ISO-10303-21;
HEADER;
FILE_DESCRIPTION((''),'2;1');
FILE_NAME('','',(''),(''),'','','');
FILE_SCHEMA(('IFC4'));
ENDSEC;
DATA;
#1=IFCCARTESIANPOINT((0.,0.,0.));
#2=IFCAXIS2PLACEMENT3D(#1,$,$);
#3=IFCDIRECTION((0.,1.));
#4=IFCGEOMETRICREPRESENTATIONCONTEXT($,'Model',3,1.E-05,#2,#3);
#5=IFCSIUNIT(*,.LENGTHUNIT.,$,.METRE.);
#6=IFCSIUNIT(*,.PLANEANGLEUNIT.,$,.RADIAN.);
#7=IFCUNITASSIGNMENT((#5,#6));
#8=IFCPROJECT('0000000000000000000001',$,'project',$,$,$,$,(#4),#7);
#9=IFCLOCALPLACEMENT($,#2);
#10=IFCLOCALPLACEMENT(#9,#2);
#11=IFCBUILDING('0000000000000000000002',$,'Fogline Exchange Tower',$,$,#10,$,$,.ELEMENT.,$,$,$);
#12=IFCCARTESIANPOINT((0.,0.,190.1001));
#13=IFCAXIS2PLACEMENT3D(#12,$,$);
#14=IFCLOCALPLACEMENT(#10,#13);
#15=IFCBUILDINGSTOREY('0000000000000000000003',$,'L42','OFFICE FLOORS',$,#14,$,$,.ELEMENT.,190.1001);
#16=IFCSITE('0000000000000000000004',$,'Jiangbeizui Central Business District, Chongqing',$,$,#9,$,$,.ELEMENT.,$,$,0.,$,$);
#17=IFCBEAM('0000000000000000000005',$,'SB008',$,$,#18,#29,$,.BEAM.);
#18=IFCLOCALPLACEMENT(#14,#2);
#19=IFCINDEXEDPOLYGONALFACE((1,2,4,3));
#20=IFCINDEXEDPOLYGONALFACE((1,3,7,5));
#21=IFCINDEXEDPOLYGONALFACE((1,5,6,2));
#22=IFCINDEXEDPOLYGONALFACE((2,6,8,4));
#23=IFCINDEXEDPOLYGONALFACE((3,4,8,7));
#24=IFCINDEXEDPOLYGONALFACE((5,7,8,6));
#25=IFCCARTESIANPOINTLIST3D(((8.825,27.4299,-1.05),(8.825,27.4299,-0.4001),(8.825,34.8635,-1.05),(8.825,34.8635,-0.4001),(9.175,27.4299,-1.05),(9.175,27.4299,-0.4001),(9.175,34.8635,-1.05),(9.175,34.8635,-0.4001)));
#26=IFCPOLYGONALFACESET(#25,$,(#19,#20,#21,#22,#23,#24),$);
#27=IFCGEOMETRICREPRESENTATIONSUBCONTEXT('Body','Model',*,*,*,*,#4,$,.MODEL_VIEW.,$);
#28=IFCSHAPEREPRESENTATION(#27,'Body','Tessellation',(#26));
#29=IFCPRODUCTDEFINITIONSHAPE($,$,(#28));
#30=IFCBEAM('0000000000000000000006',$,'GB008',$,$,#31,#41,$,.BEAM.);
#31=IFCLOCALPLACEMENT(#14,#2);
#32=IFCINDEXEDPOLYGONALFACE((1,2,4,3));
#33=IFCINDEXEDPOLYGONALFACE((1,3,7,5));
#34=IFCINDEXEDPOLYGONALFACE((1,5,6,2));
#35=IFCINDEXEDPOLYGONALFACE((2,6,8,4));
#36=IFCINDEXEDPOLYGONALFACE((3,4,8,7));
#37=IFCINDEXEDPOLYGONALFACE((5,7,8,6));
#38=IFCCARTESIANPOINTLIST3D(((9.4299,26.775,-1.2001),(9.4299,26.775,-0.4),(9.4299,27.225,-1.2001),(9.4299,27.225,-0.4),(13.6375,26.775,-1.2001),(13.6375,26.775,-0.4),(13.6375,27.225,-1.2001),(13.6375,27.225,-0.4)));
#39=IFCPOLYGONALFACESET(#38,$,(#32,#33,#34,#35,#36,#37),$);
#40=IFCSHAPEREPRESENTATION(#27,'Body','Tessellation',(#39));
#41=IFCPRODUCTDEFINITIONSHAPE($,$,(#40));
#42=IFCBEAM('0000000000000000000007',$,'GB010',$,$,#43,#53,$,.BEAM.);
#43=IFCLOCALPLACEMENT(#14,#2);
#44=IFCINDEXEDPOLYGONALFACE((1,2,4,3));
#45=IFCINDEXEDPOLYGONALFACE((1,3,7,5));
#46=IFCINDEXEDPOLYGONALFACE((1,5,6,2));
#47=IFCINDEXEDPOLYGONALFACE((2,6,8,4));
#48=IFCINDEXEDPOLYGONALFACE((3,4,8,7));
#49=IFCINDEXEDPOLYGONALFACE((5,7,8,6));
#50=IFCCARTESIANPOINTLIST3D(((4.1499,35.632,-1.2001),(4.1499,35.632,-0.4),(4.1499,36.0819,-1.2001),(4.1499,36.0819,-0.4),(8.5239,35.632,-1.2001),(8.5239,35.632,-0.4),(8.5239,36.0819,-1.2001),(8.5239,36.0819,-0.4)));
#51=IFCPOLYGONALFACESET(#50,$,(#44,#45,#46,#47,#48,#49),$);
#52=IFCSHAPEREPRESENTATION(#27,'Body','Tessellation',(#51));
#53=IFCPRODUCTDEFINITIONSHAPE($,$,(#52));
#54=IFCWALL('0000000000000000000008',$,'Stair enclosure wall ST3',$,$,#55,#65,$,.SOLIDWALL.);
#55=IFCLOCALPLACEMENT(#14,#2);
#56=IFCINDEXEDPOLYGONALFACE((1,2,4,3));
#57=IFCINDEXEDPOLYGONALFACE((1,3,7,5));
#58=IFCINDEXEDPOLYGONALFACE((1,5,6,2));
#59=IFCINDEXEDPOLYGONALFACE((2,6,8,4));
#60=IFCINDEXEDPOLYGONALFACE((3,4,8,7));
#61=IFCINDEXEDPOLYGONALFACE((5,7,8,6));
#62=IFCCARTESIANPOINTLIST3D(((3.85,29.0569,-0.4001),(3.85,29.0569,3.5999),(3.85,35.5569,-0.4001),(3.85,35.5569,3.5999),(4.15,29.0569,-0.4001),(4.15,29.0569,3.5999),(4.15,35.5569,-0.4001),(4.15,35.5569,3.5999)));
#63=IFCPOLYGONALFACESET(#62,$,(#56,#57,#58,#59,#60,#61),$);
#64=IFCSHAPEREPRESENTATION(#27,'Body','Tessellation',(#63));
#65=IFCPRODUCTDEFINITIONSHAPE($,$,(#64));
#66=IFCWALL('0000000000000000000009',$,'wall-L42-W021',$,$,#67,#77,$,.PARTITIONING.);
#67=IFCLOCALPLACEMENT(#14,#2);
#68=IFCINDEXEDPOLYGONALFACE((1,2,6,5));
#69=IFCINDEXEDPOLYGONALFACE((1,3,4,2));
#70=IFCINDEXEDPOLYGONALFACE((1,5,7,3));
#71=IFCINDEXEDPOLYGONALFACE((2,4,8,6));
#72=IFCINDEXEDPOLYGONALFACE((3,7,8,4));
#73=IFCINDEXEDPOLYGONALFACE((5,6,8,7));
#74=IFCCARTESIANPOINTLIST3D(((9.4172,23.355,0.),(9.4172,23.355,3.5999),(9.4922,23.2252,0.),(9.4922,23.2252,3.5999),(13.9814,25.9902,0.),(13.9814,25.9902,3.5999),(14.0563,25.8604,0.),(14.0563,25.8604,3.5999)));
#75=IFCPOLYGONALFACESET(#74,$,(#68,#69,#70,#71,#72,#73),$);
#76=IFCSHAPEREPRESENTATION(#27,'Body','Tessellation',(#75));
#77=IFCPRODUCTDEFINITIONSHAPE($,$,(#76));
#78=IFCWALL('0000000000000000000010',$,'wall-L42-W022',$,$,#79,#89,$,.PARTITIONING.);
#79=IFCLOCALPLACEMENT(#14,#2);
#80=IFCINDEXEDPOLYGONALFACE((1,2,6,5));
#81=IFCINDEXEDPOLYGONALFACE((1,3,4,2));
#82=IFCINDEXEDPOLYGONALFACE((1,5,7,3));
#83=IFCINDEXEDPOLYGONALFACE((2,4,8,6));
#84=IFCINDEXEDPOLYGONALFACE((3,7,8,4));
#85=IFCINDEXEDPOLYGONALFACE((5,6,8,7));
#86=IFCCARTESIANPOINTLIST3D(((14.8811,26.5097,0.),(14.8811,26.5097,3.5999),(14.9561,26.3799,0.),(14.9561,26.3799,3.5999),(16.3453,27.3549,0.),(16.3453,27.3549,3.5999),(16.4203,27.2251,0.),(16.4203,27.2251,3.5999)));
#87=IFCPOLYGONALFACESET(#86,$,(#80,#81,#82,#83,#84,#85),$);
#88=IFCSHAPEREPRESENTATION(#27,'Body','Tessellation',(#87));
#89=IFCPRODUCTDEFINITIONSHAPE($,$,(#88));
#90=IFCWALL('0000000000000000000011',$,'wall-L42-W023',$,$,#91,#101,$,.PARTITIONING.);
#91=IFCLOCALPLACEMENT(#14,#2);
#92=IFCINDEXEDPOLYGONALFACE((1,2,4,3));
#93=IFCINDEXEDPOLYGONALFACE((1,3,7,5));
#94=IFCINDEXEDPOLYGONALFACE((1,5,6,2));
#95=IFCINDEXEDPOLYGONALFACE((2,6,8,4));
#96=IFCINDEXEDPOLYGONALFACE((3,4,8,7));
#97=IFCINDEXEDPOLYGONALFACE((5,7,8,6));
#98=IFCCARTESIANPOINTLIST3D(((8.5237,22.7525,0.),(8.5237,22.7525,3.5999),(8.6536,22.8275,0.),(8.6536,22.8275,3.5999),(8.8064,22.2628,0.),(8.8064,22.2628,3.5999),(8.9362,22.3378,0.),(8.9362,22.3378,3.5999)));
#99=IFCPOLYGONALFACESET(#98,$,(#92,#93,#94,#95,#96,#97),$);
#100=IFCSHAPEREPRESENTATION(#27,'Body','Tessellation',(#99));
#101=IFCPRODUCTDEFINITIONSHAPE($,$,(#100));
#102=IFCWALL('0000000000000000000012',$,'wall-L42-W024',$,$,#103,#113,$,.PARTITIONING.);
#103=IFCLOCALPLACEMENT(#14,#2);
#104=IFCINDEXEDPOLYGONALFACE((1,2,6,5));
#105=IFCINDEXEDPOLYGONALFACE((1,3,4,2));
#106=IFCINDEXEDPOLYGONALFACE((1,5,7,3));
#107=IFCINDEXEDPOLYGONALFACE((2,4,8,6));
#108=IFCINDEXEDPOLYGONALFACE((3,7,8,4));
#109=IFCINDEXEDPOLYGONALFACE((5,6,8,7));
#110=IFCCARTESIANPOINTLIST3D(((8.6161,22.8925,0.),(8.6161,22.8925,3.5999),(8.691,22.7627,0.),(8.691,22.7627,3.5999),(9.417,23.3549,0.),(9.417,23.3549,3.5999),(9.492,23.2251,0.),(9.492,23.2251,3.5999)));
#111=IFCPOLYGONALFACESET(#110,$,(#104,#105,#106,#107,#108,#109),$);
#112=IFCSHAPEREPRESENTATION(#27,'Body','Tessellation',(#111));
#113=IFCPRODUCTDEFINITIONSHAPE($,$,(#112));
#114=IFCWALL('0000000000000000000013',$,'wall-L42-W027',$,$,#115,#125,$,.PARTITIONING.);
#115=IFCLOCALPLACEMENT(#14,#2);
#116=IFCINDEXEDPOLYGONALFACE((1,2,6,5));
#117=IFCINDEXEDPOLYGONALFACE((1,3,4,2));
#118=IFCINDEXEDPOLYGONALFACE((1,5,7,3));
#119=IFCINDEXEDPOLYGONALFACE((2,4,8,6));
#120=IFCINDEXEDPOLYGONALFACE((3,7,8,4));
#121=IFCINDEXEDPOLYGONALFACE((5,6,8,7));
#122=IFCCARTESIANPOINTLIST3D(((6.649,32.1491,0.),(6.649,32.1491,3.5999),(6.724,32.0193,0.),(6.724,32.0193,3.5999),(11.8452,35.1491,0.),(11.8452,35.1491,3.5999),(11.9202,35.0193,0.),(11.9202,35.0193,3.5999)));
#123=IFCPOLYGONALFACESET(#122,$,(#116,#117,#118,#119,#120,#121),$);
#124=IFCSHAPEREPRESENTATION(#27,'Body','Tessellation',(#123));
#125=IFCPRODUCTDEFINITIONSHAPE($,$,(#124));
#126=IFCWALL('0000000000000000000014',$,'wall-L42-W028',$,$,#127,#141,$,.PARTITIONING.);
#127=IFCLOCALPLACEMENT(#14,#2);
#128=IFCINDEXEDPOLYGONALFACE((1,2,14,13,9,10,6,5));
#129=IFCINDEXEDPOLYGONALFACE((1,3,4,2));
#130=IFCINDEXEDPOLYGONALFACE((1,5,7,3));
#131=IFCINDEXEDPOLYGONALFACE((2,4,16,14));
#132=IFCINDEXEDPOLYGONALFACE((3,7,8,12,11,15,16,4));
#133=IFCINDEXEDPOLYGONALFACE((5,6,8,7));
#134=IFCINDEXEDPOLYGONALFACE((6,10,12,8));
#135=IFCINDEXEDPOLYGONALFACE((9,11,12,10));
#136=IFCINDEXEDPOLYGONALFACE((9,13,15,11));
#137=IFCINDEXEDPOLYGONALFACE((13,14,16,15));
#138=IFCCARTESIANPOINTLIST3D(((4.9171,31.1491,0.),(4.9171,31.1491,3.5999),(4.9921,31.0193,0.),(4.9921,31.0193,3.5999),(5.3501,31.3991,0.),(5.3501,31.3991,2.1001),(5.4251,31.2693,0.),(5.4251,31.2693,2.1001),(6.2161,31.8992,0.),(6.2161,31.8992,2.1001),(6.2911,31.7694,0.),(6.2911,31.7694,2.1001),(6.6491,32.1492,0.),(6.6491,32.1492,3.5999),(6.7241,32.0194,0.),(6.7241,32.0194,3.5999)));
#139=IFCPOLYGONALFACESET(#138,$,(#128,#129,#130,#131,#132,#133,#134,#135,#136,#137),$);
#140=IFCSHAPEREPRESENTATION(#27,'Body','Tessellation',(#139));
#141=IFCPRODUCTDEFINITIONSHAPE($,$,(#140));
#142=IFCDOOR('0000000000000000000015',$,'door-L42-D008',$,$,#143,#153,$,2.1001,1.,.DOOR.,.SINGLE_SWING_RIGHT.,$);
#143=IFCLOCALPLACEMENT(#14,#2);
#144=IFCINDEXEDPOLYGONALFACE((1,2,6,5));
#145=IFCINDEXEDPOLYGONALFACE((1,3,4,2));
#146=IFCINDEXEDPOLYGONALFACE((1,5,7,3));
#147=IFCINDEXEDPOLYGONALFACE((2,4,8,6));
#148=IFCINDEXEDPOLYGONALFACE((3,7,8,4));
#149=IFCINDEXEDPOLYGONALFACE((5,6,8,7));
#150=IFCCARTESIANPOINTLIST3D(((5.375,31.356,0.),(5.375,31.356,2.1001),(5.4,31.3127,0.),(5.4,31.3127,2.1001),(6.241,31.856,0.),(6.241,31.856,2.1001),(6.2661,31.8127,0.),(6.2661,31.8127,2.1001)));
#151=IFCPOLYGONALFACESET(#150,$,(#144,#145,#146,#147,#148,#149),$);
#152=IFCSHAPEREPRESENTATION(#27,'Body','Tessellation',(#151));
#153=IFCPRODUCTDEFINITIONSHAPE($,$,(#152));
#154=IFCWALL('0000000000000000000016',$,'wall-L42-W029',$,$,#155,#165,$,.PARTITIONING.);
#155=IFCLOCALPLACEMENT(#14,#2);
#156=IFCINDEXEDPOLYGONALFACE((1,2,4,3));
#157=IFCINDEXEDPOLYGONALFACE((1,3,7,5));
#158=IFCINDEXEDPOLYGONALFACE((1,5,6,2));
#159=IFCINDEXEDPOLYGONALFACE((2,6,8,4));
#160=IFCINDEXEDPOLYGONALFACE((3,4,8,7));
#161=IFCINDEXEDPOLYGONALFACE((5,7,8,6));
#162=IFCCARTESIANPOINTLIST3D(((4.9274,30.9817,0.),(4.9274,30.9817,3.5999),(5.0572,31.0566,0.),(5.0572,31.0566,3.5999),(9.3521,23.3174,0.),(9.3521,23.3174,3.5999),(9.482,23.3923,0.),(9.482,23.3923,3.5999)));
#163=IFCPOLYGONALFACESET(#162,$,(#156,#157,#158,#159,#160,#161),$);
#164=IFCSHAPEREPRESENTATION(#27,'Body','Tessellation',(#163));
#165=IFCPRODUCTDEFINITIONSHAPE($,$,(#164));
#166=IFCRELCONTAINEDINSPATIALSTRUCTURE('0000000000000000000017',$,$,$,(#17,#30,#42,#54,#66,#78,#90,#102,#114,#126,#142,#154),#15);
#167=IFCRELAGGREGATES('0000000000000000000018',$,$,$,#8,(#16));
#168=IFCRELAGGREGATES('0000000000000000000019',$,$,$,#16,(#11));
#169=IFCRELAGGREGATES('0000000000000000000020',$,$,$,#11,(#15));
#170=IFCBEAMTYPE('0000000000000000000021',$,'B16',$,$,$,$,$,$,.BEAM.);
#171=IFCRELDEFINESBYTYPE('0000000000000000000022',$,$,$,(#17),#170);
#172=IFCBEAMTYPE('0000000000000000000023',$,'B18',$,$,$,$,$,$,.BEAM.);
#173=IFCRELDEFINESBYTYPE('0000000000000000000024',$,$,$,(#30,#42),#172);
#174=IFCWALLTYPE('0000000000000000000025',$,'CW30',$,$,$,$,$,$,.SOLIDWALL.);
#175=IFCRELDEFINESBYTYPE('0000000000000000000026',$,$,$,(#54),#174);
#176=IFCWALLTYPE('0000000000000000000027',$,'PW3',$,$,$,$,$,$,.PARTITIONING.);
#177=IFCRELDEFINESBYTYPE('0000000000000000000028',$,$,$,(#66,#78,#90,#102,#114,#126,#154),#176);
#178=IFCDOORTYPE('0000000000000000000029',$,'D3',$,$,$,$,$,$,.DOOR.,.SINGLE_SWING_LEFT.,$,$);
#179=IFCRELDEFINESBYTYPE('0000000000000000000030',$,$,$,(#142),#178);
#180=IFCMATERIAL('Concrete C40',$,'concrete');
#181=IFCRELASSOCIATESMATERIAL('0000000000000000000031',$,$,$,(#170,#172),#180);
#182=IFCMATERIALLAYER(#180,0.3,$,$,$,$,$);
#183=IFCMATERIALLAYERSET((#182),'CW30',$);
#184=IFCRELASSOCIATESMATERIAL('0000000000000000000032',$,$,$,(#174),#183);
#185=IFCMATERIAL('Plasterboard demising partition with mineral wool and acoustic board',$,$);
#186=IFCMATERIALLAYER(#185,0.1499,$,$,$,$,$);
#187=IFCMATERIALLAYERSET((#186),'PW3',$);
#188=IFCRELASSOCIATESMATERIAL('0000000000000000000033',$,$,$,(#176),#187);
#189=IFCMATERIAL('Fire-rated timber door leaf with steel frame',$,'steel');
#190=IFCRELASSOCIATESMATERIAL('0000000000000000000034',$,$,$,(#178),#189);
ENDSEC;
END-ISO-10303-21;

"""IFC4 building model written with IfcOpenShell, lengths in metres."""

from ifc_helpers import new_model, si_unit, direction, frame, frame_2d, origin, origin_2d, place, context, subcontext, project, spatial, rectangle, extrude, material, layer, layer_set, material_profile, profile_set, type_object, element, fill, save


model = new_model("IFC4")

# Units and contexts
model_context = context("Model", 3, precision=1e-05, world=origin(), true_north=direction((0.0, 1.0)))
body_context = subcontext(model_context, "Body", "Model", "MODEL_VIEW")
ifc_project = project(units=[si_unit("LENGTHUNIT", "METRE"), si_unit("PLANEANGLEUNIT", "RADIAN")], contexts=[model_context])

# Site, building, storey
site_placement = place(None, origin())
site = spatial("IfcSite", under=ifc_project, at=site_placement, Name="Jiangbeizui Central Business District, Chongqing", CompositionType="ELEMENT", RefElevation=0.0)
building_placement = place(site_placement, origin())
building = spatial("IfcBuilding", under=site, at=building_placement, Name="Fogline Exchange Tower", CompositionType="ELEMENT")
storey_placement = place(building_placement, frame((0.0, 0.0, 190.1001)))
storey = spatial("IfcBuildingStorey", under=building, at=storey_placement, Name="L42", Description="OFFICE FLOORS", CompositionType="ELEMENT", Elevation=190.1001)

# Beams
ifc_material_1 = material(Name="Concrete C40", Category="concrete")
ifc_material_profile_1 = material_profile(ifc_material_1, rectangle(XDim=0.3501, YDim=0.6499, at=origin_2d()), Name="RC 350x650")
ifc_profile_set_1 = profile_set([ifc_material_profile_1], Name="Concrete C40")
beam_type_1 = type_object("IfcBeamType", Name="B16", PredefinedType="BEAM", material=ifc_profile_set_1)
beam_1_placement = place(storey_placement, frame((9.0, 27.4299, -0.7251), z_axis=(0.0, 1.0, 0.0), x_axis=(-1.0, 0.0, 0.0)))
element("IfcBeam", 1, at=beam_1_placement, inside=storey, type_object=beam_type_1, Name="SB008", PredefinedType="BEAM", context=body_context, shape_type="SweptSolid", body=[
    extrude(rectangle(XDim=0.3501, YDim=0.6499, at=origin_2d()), origin(), (0.0, 0.0, 1.0), 7.4336),
])
ifc_material_profile_2 = material_profile(ifc_material_1, rectangle(XDim=0.45, YDim=0.8, at=origin_2d()), Name="RC 450x800")
ifc_profile_set_2 = profile_set([ifc_material_profile_2], Name="Concrete C40")
beam_type_2 = type_object("IfcBeamType", Name="B18", PredefinedType="BEAM", material=ifc_profile_set_2)
beam_2_placement = place(storey_placement, frame((9.4299, 27.0, -0.8), z_axis=(1.0, 0.0, 0.0), x_axis=(0.0, 1.0, 0.0)))
element("IfcBeam", 2, at=beam_2_placement, inside=storey, type_object=beam_type_2, Name="GB008", PredefinedType="BEAM", context=body_context, shape_type="SweptSolid", body=[
    extrude(rectangle(XDim=0.45, YDim=0.8, at=origin_2d()), origin(), (0.0, 0.0, 1.0), 4.2075),
])
beam_3_placement = place(storey_placement, frame((4.1499, 35.8569, -0.8), z_axis=(1.0, 0.0, 0.0), x_axis=(0.0, 1.0, 0.0)))
element("IfcBeam", 3, at=beam_3_placement, inside=storey, type_object=beam_type_2, Name="GB010", PredefinedType="BEAM", context=body_context, shape_type="SweptSolid", body=[
    extrude(rectangle(XDim=0.45, YDim=0.8, at=origin_2d()), origin(), (0.0, 0.0, 1.0), 4.374),
])

# Wall
ifc_layer_1 = layer(ifc_material_1, 0.3)
ifc_layer_set_1 = layer_set([ifc_layer_1], Name="CW30")
wall_type_1 = type_object("IfcWallType", Name="CW30", PredefinedType="SOLIDWALL", material=ifc_layer_set_1)
wall_1_placement = place(storey_placement, frame((4.0, 29.0569, -0.4001), z_axis=(0.0, 0.0, 1.0), x_axis=(0.0, 1.0, 0.0)))
element("IfcWall", 4, at=wall_1_placement, inside=storey, type_object=wall_type_1, Name="Stair enclosure wall ST3", PredefinedType="SOLIDWALL", context=body_context, shape_type="SweptSolid", body=[
    extrude(rectangle(XDim=6.5, YDim=0.3, at=frame_2d((3.25, 0.0))), origin(), (0.0, 0.0, 1.0), 4.0),
])

# Walls
ifc_material_2 = material(Name="Plasterboard demising partition with mineral wool and acoustic board")
ifc_layer_2 = layer(ifc_material_2, 0.1499)
ifc_layer_set_2 = layer_set([ifc_layer_2], Name="PW3")
wall_type_2 = type_object("IfcWallType", Name="PW3", PredefinedType="PARTITIONING", material=ifc_layer_set_2)
wall_2_placement = place(storey_placement, frame((9.4546, 23.29, 0.0), z_axis=(0.0, 0.0, 1.0), x_axis=(0.866017, 0.500015, 0.0)))
element("IfcWall", 5, at=wall_2_placement, inside=storey, type_object=wall_type_2, Name="wall-L42-W021", PredefinedType="PARTITIONING", context=body_context, shape_type="SweptSolid", body=[
    extrude(rectangle(XDim=5.2703, YDim=0.1499, at=frame_2d((2.6353, 0.0))), origin(), (0.0, 0.0, 1.0), 3.5999),
])
wall_3_placement = place(storey_placement, frame((14.9187, 26.4448, 0.0), z_axis=(0.0, 0.0, 1.0), x_axis=(0.866049, 0.49996, 0.0)))
element("IfcWall", 6, at=wall_3_placement, inside=storey, type_object=wall_type_2, Name="wall-L42-W022", PredefinedType="PARTITIONING", context=body_context, shape_type="SweptSolid", body=[
    extrude(rectangle(XDim=1.6907, YDim=0.1499, at=frame_2d((0.8452, 0.0))), origin(), (0.0, 0.0, 1.0), 3.5999),
])
wall_4_placement = place(storey_placement, frame((8.8713, 22.3003, 0.0), z_axis=(0.0, 0.0, 1.0), x_axis=(-0.499947, 0.866056, 0.0)))
element("IfcWall", 7, at=wall_4_placement, inside=storey, type_object=wall_type_2, Name="wall-L42-W023", PredefinedType="PARTITIONING", context=body_context, shape_type="SweptSolid", body=[
    extrude(rectangle(XDim=0.5654, YDim=0.1499, at=frame_2d((0.2827, 0.0))), origin(), (0.0, 0.0, 1.0), 3.5999),
])
wall_5_placement = place(storey_placement, frame((8.6536, 22.8276, 0.0), z_axis=(0.0, 0.0, 1.0), x_axis=(0.866058, 0.499943, 0.0)))
element("IfcWall", 8, at=wall_5_placement, inside=storey, type_object=wall_type_2, Name="wall-L42-W024", PredefinedType="PARTITIONING", context=body_context, shape_type="SweptSolid", body=[
    extrude(rectangle(XDim=0.9248, YDim=0.1499, at=frame_2d((0.4624, 0.0))), origin(), (0.0, 0.0, 1.0), 3.5999),
])
wall_6_placement = place(storey_placement, frame((6.6865, 32.0842, 0.0), z_axis=(0.0, 0.0, 1.0), x_axis=(0.866031, 0.49999, 0.0)))
element("IfcWall", 9, at=wall_6_placement, inside=storey, type_object=wall_type_2, Name="wall-L42-W027", PredefinedType="PARTITIONING", context=body_context, shape_type="SweptSolid", body=[
    extrude(rectangle(XDim=6.0, YDim=0.1499, at=frame_2d((3.0, 0.0))), origin(), (0.0, 0.0, 1.0), 3.5999),
])

# Wall, opening, door
wall_7_placement = place(storey_placement, frame((4.9546, 31.0842, 0.0), z_axis=(0.0, 0.0, 1.0), x_axis=(0.866011, 0.500025, 0.0)))
wall_7 = element("IfcWall", 10, at=wall_7_placement, inside=storey, type_object=wall_type_2, Name="wall-L42-W028", PredefinedType="PARTITIONING", context=body_context, shape_type="SweptSolid", body=[
    extrude(rectangle(XDim=2.0, YDim=0.1499, at=frame_2d((1.0, 0.0))), origin(), (0.0, 0.0, 1.0), 3.5999),
])
opening_1_placement = place(wall_7_placement, frame((0.5, 0.0, 0.0)))
opening_1 = element("IfcOpeningElement", 11, at=opening_1_placement, cuts=wall_7, PredefinedType="OPENING", context=body_context, shape_type="SweptSolid", body=[
    extrude(rectangle(XDim=1.0, YDim=2.1001, at=frame_2d((0.5, 1.05))), frame((0.0, 0.085, 0.0), z_axis=(0.0, -1.0, 0.0), x_axis=(1.0, 0.0, 0.0)), (0.0, 0.0, 1.0), 0.1699),
])
ifc_material_3 = material(Name="Fire-rated timber door leaf with steel frame", Category="steel")
door_type_1 = type_object("IfcDoorType", Name="D3", OperationType="SINGLE_SWING_LEFT", PredefinedType="DOOR", material=ifc_material_3)
door_1_placement = place(opening_1_placement, frame((1.0, 0.0, 0.0), z_axis=(0.0, 0.0, 1.0), x_axis=(-1.0, 0.0, 0.0)))
door_1 = element("IfcDoor", 12, at=door_1_placement, inside=storey, type_object=door_type_1, Name="door-L42-D008", OperationType="SINGLE_SWING_RIGHT", OverallHeight=2.1001, OverallWidth=1.0, PredefinedType="DOOR", context=body_context, shape_type="SweptSolid", body=[
    extrude(rectangle(XDim=1.0, YDim=2.1001, at=frame_2d((0.5, 1.05))), frame((0.0, 0.0249, 0.0), z_axis=(0.0, -1.0, 0.0), x_axis=(1.0, 0.0, 0.0)), (0.0, 0.0, 1.0), 0.05),
])
fill(opening_1, door_1)

# Wall
wall_8_placement = place(storey_placement, frame((9.417, 23.355, 0.0), z_axis=(0.0, 0.0, 1.0), x_axis=(-0.499984, 0.866034, 0.0)))
element("IfcWall", 13, at=wall_8_placement, inside=storey, type_object=wall_type_2, Name="wall-L42-W029", PredefinedType="PARTITIONING", context=body_context, shape_type="SweptSolid", body=[
    extrude(rectangle(XDim=8.8499, YDim=0.1499, at=frame_2d((4.4248, 0.0))), origin(), (0.0, 0.0, 1.0), 3.5999),
])

save(model, "model.ifc")
